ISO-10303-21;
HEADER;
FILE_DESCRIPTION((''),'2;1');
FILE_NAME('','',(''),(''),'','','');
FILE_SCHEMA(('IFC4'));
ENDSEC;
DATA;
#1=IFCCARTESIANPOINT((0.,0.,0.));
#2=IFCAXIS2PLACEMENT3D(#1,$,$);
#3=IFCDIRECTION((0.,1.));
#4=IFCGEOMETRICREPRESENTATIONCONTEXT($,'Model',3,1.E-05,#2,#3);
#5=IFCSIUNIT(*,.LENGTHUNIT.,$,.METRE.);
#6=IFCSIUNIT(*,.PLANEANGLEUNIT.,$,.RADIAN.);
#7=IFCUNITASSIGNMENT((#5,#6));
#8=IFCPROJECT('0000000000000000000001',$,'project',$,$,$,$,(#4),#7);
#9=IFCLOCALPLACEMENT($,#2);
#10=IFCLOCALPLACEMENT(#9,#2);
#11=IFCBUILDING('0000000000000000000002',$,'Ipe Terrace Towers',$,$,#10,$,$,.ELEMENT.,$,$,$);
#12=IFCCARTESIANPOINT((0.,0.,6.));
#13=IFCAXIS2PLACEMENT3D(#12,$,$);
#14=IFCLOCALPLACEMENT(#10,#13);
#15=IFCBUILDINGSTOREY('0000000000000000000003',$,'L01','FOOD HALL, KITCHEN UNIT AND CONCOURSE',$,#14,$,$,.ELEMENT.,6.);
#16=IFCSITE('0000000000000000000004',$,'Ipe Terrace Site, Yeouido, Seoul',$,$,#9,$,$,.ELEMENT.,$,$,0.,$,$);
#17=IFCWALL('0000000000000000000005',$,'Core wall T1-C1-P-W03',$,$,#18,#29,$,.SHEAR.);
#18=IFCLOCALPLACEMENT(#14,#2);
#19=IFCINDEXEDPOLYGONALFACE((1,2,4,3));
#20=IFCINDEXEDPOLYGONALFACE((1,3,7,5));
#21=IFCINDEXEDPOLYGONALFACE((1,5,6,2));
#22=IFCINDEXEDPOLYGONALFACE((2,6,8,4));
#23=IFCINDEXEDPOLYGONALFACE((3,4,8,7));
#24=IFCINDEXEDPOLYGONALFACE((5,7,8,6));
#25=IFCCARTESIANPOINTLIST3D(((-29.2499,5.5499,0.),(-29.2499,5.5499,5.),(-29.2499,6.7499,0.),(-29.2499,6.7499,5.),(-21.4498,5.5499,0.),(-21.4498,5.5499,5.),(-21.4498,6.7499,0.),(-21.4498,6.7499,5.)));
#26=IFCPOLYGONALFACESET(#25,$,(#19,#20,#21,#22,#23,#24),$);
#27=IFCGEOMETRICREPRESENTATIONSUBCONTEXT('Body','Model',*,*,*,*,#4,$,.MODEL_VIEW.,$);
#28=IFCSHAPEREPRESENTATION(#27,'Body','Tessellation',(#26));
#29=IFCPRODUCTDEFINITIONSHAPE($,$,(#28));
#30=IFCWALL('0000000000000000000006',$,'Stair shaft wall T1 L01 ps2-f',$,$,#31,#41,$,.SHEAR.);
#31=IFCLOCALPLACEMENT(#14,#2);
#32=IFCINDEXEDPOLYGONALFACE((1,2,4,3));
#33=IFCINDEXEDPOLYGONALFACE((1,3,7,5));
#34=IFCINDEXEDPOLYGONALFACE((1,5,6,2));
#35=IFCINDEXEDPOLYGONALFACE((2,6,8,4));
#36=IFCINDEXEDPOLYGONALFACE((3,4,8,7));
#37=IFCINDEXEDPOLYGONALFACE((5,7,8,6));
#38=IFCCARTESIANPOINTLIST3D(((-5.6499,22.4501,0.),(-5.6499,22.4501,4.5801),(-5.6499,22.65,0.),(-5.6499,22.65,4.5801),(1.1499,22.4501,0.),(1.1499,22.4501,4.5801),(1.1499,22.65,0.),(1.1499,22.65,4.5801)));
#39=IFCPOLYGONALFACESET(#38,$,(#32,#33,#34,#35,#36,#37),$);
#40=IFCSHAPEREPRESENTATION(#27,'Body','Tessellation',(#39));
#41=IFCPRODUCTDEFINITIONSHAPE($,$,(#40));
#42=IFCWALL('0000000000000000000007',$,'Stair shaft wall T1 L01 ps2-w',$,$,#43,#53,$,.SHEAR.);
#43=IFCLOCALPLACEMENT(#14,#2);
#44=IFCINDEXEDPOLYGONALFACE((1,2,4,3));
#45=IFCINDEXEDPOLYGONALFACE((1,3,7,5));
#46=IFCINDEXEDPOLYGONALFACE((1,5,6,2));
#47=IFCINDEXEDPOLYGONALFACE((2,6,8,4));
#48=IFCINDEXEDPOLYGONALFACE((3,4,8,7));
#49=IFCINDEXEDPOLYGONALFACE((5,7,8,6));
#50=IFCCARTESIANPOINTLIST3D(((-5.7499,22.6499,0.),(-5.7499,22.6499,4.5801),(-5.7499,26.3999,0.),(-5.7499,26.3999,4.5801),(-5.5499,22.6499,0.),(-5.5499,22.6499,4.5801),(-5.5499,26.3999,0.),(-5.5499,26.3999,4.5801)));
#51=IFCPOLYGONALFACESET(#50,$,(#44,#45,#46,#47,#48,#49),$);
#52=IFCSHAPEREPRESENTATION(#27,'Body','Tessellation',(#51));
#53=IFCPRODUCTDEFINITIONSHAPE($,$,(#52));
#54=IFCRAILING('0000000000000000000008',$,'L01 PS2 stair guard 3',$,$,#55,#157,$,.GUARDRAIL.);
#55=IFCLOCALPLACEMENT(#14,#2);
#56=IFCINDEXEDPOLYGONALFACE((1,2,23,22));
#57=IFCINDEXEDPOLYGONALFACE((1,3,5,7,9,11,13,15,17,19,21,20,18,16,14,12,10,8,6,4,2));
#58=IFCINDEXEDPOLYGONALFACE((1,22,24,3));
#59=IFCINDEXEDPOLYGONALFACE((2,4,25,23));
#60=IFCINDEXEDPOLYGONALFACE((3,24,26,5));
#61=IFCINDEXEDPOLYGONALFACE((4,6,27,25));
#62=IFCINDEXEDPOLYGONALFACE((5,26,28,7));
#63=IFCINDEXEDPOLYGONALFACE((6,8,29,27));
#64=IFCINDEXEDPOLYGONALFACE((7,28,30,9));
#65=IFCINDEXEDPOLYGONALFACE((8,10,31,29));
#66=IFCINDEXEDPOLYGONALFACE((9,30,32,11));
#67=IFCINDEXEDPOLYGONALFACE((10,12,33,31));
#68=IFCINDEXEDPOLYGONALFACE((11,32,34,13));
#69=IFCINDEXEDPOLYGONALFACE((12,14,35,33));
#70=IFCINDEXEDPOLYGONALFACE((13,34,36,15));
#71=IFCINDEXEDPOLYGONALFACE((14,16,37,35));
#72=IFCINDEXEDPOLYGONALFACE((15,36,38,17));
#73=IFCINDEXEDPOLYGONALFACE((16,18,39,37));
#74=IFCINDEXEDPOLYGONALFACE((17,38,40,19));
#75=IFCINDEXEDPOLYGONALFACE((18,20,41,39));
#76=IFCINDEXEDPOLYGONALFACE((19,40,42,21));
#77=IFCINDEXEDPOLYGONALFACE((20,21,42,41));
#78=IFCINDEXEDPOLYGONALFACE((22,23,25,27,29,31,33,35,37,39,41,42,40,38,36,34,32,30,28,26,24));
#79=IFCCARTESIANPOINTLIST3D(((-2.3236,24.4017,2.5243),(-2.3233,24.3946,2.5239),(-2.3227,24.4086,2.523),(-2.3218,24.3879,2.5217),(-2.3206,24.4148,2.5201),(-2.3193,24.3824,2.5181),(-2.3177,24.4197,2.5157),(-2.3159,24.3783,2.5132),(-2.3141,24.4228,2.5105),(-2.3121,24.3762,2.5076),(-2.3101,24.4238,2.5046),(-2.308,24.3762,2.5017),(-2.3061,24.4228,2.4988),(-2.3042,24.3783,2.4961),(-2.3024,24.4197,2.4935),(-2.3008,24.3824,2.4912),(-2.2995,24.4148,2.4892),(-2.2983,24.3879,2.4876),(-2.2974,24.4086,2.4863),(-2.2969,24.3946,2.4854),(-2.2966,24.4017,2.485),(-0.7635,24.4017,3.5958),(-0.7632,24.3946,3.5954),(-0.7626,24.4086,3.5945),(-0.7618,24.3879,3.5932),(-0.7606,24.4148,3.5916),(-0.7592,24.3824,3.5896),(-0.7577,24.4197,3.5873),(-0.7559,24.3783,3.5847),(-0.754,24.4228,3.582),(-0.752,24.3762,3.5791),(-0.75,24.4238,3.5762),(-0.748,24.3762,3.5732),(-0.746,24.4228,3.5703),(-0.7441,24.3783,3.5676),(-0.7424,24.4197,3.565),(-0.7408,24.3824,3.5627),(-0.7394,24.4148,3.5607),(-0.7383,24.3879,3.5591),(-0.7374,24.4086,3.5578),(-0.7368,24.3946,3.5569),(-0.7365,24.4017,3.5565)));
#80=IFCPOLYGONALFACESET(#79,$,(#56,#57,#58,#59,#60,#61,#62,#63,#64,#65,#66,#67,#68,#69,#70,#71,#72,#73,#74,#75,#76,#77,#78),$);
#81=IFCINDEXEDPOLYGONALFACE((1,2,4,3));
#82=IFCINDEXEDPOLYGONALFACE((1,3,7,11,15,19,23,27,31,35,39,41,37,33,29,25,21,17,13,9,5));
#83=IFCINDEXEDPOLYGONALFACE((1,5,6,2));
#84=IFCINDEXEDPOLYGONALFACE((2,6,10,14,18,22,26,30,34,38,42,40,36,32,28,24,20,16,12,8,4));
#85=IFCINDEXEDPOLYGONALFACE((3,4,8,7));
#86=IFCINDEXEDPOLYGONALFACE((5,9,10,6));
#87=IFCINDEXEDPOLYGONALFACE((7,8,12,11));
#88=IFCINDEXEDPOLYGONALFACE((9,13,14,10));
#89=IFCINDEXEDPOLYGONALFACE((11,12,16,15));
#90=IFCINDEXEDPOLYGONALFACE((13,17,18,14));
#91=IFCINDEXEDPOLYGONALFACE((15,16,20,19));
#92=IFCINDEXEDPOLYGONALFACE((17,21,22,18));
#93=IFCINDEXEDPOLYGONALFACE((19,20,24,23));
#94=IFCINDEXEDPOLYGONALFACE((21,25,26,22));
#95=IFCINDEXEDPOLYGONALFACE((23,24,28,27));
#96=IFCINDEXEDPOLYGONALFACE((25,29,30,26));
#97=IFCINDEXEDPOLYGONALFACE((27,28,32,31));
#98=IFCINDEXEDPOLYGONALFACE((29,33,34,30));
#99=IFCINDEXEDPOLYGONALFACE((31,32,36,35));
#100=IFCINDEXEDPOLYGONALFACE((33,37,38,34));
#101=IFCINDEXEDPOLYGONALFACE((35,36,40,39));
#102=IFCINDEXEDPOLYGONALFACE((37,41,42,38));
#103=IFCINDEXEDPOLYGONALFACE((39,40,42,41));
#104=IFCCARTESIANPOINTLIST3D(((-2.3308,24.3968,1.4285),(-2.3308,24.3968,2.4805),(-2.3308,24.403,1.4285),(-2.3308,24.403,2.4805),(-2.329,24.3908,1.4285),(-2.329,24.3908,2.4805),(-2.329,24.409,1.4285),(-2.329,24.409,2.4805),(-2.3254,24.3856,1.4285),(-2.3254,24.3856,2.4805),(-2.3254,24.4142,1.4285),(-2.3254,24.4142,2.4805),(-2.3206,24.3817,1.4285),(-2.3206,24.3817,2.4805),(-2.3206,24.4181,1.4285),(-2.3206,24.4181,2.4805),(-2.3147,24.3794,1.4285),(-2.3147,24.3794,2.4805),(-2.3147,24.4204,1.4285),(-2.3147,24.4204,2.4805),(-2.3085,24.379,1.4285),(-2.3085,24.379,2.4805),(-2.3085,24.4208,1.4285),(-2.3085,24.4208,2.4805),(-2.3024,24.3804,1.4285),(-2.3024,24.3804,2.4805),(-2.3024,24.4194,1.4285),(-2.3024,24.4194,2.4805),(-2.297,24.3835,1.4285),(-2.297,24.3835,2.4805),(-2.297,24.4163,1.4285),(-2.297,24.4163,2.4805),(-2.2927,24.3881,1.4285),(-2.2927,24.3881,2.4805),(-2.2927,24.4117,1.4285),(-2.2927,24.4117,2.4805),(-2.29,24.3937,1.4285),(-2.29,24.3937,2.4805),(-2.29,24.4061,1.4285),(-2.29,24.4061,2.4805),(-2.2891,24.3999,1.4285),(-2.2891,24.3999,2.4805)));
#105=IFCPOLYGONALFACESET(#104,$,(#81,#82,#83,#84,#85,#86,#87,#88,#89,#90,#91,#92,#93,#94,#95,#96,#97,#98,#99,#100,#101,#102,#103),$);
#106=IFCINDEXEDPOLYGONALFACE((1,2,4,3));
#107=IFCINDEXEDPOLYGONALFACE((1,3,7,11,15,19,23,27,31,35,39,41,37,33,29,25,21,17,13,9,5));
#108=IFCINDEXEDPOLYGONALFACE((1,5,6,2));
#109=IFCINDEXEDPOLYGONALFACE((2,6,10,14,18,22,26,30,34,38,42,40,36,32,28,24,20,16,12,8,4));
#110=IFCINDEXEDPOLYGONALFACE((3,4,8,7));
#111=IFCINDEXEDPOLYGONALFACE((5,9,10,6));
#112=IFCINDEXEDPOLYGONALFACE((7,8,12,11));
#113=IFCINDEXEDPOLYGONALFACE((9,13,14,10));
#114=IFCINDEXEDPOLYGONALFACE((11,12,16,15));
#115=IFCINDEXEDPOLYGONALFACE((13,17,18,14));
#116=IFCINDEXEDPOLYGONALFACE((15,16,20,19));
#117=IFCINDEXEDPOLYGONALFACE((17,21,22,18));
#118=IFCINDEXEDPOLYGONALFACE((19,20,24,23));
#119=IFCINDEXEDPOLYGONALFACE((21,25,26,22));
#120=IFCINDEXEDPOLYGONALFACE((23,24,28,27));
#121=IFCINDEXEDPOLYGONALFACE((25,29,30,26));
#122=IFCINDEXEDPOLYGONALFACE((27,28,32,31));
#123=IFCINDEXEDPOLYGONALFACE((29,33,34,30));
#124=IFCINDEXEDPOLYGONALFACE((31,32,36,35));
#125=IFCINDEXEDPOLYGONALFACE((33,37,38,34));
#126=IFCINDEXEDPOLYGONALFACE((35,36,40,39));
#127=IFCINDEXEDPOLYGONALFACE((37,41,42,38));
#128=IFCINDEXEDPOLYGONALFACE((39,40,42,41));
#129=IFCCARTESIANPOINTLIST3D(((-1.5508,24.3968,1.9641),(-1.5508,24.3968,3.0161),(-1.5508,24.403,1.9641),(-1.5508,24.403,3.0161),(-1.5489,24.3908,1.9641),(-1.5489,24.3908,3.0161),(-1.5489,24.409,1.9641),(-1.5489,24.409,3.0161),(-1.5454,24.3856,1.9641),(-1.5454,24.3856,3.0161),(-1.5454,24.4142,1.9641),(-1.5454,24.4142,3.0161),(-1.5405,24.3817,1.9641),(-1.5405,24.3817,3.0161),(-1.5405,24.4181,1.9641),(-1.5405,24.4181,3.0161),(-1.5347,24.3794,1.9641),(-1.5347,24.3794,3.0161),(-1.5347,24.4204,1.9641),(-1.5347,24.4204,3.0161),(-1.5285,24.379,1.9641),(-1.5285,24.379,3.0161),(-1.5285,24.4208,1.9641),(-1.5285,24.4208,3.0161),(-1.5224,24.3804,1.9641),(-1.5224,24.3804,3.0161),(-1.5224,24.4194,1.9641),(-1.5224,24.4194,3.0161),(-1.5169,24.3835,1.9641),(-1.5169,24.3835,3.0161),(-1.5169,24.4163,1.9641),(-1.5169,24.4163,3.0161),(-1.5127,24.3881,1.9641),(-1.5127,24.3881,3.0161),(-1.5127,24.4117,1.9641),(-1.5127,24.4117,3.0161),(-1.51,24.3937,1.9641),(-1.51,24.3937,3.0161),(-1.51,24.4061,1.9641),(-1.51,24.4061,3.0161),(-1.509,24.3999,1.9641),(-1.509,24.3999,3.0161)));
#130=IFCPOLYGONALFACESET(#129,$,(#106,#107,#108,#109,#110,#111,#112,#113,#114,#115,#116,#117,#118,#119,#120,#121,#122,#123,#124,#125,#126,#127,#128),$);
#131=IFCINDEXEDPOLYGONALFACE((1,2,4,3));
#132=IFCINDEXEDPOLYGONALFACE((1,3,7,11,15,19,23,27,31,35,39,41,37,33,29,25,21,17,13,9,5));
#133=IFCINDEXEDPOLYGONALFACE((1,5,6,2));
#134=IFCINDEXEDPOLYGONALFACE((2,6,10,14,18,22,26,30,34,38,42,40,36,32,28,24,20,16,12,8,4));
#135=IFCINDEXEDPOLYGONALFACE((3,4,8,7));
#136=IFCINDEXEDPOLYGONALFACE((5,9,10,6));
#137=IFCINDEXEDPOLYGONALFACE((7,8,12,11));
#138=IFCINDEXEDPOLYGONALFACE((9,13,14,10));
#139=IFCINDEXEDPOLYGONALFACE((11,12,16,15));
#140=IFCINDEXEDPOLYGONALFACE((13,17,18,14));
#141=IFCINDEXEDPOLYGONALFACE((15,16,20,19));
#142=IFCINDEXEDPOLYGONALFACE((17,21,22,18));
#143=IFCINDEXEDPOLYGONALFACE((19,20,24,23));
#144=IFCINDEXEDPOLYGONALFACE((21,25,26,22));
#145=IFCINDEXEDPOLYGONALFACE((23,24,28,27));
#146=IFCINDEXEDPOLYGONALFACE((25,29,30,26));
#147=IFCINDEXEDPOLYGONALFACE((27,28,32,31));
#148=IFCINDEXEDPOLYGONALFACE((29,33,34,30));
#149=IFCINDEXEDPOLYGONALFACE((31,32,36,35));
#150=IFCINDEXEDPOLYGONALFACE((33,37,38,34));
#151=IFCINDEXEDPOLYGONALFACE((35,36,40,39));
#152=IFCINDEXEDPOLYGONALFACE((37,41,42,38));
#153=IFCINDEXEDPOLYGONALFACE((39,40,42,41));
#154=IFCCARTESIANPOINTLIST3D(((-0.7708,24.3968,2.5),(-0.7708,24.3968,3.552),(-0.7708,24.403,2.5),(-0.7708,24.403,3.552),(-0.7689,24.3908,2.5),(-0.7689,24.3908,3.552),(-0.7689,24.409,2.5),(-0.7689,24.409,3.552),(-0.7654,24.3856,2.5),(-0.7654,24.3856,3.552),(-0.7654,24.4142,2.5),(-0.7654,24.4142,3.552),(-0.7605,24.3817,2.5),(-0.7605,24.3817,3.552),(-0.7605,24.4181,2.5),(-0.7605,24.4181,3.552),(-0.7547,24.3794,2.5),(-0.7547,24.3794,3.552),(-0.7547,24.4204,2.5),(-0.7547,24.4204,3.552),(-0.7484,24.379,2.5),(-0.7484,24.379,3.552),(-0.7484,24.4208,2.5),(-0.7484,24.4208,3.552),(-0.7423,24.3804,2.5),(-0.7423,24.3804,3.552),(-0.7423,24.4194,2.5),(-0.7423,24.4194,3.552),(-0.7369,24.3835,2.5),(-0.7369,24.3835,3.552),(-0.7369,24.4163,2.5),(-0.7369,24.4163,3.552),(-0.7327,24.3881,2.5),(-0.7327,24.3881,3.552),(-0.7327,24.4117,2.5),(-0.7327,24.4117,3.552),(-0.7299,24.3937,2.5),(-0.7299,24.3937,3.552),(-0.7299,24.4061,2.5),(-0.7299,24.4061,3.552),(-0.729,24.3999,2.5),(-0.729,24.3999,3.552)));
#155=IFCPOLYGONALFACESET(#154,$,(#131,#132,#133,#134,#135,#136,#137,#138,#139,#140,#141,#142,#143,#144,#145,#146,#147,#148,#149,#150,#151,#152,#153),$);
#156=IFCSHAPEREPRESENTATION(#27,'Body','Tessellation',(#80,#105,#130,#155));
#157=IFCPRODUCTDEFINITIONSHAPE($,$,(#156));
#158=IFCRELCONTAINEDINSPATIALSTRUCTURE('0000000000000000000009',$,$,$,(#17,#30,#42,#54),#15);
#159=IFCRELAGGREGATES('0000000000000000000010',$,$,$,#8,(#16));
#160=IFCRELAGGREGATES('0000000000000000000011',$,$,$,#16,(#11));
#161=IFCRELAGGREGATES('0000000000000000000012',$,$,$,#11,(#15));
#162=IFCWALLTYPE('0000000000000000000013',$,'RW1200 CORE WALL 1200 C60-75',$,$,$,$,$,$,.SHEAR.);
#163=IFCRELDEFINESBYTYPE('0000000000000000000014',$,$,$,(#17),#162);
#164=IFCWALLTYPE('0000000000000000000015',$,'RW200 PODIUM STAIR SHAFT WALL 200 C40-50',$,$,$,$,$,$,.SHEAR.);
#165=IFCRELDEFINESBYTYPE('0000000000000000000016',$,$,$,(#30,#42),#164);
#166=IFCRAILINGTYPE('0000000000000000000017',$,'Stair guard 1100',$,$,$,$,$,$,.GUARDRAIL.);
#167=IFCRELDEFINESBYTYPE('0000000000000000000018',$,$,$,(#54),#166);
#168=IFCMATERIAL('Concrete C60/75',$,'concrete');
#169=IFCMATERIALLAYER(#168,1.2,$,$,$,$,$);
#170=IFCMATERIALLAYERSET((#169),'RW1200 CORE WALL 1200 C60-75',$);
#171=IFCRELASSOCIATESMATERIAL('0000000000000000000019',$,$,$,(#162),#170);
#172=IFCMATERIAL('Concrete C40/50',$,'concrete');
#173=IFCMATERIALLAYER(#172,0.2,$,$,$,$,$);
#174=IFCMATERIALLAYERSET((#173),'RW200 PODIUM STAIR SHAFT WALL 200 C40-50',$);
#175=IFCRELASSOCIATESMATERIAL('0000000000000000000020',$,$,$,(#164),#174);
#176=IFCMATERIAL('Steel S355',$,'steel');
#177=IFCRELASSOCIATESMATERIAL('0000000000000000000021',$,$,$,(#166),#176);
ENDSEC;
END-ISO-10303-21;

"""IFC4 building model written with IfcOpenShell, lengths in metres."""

from ifc_helpers import new_model, si_unit, direction, frame, frame_2d, origin, origin_2d, place, context, subcontext, project, spatial, rectangle, circle, extrude, material, layer, layer_set, type_object, element, save


model = new_model("IFC4")

# Units and contexts
model_context = context("Model", 3, precision=1e-05, world=origin(), true_north=direction((0.0, 1.0)))
body_context = subcontext(model_context, "Body", "Model", "MODEL_VIEW")
ifc_project = project(units=[si_unit("LENGTHUNIT", "METRE"), si_unit("PLANEANGLEUNIT", "RADIAN")], contexts=[model_context])

# Site, building, storey
site_placement = place(None, origin())
site = spatial("IfcSite", under=ifc_project, at=site_placement, Name="Ipe Terrace Site, Yeouido, Seoul", CompositionType="ELEMENT", RefElevation=0.0)
building_placement = place(site_placement, origin())
building = spatial("IfcBuilding", under=site, at=building_placement, Name="Ipe Terrace Towers", CompositionType="ELEMENT")
storey_placement = place(building_placement, frame((0.0, 0.0, 6.0)))
storey = spatial("IfcBuildingStorey", under=building, at=storey_placement, Name="L01", Description="FOOD HALL, KITCHEN UNIT AND CONCOURSE", CompositionType="ELEMENT", Elevation=6.0)

# Walls
ifc_material_1 = material(Name="Concrete C60/75", Category="concrete")
ifc_layer_1 = layer(ifc_material_1, 1.2)
ifc_layer_set_1 = layer_set([ifc_layer_1], Name="RW1200 CORE WALL 1200 C60-75")
wall_type_1 = type_object("IfcWallType", Name="RW1200 CORE WALL 1200 C60-75", PredefinedType="SHEAR", material=ifc_layer_set_1)
wall_1_placement = place(storey_placement, frame((-21.45, 6.1499, 0.0), z_axis=(0.0, 0.0, 1.0), x_axis=(-1.0, 0.0, 0.0)))
element("IfcWall", 1, at=wall_1_placement, inside=storey, type_object=wall_type_1, Name="Core wall T1-C1-P-W03", PredefinedType="SHEAR", context=body_context, shape_type="SweptSolid", body=[
    extrude(rectangle(XDim=7.8, YDim=1.2, at=frame_2d((3.8999, 0.0))), origin(), (0.0, 0.0, 1.0), 5.0),
])
ifc_material_2 = material(Name="Concrete C40/50", Category="concrete")
ifc_layer_2 = layer(ifc_material_2, 0.2)
ifc_layer_set_2 = layer_set([ifc_layer_2], Name="RW200 PODIUM STAIR SHAFT WALL 200 C40-50")
wall_type_2 = type_object("IfcWallType", Name="RW200 PODIUM STAIR SHAFT WALL 200 C40-50", PredefinedType="SHEAR", material=ifc_layer_set_2)
wall_2_placement = place(storey_placement, frame((-5.6499, 22.55, 0.0), z_axis=(0.0, 0.0, 1.0), x_axis=(1.0, 0.0, 0.0)))
element("IfcWall", 2, at=wall_2_placement, inside=storey, type_object=wall_type_2, Name="Stair shaft wall T1 L01 ps2-f", PredefinedType="SHEAR", context=body_context, shape_type="SweptSolid", body=[
    extrude(rectangle(XDim=6.7998, YDim=0.2, at=frame_2d((3.3999, 0.0))), origin(), (0.0, 0.0, 1.0), 4.5801),
])
wall_3_placement = place(storey_placement, frame((-5.6499, 22.6499, 0.0), z_axis=(0.0, 0.0, 1.0), x_axis=(0.0, 1.0, 0.0)))
element("IfcWall", 3, at=wall_3_placement, inside=storey, type_object=wall_type_2, Name="Stair shaft wall T1 L01 ps2-w", PredefinedType="SHEAR", context=body_context, shape_type="SweptSolid", body=[
    extrude(rectangle(XDim=3.75, YDim=0.2, at=frame_2d((1.875, 0.0))), origin(), (0.0, 0.0, 1.0), 4.5801),
])

# Railing
ifc_material_3 = material(Name="Steel S355", Category="steel")
railing_type_1 = type_object("IfcRailingType", Name="Stair guard 1100", PredefinedType="GUARDRAIL", material=ifc_material_3)
railing_placement = place(storey_placement, frame((-2.3101, 24.3999, 1.4285)))
element("IfcRailing", 4, at=railing_placement, inside=storey, type_object=railing_type_1, Name="L01 PS2 stair guard 3", PredefinedType="GUARDRAIL", context=body_context, shape_type="SweptSolid", body=[
    extrude(circle(Radius=0.0239, at=origin_2d()), frame((0.0, 0.0, 1.0762), z_axis=(0.82429, 0.0, 0.566167), x_axis=(0.0, 1.0, 0.0)), (0.0, 0.0, 1.0), 1.8926),
    extrude(circle(Radius=0.021, at=origin_2d()), origin(), (0.0, 0.0, 1.0), 1.052),
    extrude(circle(Radius=0.021, at=origin_2d()), frame((0.78, 0.0, 0.5356)), (0.0, 0.0, 1.0), 1.052),
    extrude(circle(Radius=0.021, at=origin_2d()), frame((1.5601, 0.0, 1.0715)), (0.0, 0.0, 1.0), 1.052),
])

save(model, "model.ifc")
